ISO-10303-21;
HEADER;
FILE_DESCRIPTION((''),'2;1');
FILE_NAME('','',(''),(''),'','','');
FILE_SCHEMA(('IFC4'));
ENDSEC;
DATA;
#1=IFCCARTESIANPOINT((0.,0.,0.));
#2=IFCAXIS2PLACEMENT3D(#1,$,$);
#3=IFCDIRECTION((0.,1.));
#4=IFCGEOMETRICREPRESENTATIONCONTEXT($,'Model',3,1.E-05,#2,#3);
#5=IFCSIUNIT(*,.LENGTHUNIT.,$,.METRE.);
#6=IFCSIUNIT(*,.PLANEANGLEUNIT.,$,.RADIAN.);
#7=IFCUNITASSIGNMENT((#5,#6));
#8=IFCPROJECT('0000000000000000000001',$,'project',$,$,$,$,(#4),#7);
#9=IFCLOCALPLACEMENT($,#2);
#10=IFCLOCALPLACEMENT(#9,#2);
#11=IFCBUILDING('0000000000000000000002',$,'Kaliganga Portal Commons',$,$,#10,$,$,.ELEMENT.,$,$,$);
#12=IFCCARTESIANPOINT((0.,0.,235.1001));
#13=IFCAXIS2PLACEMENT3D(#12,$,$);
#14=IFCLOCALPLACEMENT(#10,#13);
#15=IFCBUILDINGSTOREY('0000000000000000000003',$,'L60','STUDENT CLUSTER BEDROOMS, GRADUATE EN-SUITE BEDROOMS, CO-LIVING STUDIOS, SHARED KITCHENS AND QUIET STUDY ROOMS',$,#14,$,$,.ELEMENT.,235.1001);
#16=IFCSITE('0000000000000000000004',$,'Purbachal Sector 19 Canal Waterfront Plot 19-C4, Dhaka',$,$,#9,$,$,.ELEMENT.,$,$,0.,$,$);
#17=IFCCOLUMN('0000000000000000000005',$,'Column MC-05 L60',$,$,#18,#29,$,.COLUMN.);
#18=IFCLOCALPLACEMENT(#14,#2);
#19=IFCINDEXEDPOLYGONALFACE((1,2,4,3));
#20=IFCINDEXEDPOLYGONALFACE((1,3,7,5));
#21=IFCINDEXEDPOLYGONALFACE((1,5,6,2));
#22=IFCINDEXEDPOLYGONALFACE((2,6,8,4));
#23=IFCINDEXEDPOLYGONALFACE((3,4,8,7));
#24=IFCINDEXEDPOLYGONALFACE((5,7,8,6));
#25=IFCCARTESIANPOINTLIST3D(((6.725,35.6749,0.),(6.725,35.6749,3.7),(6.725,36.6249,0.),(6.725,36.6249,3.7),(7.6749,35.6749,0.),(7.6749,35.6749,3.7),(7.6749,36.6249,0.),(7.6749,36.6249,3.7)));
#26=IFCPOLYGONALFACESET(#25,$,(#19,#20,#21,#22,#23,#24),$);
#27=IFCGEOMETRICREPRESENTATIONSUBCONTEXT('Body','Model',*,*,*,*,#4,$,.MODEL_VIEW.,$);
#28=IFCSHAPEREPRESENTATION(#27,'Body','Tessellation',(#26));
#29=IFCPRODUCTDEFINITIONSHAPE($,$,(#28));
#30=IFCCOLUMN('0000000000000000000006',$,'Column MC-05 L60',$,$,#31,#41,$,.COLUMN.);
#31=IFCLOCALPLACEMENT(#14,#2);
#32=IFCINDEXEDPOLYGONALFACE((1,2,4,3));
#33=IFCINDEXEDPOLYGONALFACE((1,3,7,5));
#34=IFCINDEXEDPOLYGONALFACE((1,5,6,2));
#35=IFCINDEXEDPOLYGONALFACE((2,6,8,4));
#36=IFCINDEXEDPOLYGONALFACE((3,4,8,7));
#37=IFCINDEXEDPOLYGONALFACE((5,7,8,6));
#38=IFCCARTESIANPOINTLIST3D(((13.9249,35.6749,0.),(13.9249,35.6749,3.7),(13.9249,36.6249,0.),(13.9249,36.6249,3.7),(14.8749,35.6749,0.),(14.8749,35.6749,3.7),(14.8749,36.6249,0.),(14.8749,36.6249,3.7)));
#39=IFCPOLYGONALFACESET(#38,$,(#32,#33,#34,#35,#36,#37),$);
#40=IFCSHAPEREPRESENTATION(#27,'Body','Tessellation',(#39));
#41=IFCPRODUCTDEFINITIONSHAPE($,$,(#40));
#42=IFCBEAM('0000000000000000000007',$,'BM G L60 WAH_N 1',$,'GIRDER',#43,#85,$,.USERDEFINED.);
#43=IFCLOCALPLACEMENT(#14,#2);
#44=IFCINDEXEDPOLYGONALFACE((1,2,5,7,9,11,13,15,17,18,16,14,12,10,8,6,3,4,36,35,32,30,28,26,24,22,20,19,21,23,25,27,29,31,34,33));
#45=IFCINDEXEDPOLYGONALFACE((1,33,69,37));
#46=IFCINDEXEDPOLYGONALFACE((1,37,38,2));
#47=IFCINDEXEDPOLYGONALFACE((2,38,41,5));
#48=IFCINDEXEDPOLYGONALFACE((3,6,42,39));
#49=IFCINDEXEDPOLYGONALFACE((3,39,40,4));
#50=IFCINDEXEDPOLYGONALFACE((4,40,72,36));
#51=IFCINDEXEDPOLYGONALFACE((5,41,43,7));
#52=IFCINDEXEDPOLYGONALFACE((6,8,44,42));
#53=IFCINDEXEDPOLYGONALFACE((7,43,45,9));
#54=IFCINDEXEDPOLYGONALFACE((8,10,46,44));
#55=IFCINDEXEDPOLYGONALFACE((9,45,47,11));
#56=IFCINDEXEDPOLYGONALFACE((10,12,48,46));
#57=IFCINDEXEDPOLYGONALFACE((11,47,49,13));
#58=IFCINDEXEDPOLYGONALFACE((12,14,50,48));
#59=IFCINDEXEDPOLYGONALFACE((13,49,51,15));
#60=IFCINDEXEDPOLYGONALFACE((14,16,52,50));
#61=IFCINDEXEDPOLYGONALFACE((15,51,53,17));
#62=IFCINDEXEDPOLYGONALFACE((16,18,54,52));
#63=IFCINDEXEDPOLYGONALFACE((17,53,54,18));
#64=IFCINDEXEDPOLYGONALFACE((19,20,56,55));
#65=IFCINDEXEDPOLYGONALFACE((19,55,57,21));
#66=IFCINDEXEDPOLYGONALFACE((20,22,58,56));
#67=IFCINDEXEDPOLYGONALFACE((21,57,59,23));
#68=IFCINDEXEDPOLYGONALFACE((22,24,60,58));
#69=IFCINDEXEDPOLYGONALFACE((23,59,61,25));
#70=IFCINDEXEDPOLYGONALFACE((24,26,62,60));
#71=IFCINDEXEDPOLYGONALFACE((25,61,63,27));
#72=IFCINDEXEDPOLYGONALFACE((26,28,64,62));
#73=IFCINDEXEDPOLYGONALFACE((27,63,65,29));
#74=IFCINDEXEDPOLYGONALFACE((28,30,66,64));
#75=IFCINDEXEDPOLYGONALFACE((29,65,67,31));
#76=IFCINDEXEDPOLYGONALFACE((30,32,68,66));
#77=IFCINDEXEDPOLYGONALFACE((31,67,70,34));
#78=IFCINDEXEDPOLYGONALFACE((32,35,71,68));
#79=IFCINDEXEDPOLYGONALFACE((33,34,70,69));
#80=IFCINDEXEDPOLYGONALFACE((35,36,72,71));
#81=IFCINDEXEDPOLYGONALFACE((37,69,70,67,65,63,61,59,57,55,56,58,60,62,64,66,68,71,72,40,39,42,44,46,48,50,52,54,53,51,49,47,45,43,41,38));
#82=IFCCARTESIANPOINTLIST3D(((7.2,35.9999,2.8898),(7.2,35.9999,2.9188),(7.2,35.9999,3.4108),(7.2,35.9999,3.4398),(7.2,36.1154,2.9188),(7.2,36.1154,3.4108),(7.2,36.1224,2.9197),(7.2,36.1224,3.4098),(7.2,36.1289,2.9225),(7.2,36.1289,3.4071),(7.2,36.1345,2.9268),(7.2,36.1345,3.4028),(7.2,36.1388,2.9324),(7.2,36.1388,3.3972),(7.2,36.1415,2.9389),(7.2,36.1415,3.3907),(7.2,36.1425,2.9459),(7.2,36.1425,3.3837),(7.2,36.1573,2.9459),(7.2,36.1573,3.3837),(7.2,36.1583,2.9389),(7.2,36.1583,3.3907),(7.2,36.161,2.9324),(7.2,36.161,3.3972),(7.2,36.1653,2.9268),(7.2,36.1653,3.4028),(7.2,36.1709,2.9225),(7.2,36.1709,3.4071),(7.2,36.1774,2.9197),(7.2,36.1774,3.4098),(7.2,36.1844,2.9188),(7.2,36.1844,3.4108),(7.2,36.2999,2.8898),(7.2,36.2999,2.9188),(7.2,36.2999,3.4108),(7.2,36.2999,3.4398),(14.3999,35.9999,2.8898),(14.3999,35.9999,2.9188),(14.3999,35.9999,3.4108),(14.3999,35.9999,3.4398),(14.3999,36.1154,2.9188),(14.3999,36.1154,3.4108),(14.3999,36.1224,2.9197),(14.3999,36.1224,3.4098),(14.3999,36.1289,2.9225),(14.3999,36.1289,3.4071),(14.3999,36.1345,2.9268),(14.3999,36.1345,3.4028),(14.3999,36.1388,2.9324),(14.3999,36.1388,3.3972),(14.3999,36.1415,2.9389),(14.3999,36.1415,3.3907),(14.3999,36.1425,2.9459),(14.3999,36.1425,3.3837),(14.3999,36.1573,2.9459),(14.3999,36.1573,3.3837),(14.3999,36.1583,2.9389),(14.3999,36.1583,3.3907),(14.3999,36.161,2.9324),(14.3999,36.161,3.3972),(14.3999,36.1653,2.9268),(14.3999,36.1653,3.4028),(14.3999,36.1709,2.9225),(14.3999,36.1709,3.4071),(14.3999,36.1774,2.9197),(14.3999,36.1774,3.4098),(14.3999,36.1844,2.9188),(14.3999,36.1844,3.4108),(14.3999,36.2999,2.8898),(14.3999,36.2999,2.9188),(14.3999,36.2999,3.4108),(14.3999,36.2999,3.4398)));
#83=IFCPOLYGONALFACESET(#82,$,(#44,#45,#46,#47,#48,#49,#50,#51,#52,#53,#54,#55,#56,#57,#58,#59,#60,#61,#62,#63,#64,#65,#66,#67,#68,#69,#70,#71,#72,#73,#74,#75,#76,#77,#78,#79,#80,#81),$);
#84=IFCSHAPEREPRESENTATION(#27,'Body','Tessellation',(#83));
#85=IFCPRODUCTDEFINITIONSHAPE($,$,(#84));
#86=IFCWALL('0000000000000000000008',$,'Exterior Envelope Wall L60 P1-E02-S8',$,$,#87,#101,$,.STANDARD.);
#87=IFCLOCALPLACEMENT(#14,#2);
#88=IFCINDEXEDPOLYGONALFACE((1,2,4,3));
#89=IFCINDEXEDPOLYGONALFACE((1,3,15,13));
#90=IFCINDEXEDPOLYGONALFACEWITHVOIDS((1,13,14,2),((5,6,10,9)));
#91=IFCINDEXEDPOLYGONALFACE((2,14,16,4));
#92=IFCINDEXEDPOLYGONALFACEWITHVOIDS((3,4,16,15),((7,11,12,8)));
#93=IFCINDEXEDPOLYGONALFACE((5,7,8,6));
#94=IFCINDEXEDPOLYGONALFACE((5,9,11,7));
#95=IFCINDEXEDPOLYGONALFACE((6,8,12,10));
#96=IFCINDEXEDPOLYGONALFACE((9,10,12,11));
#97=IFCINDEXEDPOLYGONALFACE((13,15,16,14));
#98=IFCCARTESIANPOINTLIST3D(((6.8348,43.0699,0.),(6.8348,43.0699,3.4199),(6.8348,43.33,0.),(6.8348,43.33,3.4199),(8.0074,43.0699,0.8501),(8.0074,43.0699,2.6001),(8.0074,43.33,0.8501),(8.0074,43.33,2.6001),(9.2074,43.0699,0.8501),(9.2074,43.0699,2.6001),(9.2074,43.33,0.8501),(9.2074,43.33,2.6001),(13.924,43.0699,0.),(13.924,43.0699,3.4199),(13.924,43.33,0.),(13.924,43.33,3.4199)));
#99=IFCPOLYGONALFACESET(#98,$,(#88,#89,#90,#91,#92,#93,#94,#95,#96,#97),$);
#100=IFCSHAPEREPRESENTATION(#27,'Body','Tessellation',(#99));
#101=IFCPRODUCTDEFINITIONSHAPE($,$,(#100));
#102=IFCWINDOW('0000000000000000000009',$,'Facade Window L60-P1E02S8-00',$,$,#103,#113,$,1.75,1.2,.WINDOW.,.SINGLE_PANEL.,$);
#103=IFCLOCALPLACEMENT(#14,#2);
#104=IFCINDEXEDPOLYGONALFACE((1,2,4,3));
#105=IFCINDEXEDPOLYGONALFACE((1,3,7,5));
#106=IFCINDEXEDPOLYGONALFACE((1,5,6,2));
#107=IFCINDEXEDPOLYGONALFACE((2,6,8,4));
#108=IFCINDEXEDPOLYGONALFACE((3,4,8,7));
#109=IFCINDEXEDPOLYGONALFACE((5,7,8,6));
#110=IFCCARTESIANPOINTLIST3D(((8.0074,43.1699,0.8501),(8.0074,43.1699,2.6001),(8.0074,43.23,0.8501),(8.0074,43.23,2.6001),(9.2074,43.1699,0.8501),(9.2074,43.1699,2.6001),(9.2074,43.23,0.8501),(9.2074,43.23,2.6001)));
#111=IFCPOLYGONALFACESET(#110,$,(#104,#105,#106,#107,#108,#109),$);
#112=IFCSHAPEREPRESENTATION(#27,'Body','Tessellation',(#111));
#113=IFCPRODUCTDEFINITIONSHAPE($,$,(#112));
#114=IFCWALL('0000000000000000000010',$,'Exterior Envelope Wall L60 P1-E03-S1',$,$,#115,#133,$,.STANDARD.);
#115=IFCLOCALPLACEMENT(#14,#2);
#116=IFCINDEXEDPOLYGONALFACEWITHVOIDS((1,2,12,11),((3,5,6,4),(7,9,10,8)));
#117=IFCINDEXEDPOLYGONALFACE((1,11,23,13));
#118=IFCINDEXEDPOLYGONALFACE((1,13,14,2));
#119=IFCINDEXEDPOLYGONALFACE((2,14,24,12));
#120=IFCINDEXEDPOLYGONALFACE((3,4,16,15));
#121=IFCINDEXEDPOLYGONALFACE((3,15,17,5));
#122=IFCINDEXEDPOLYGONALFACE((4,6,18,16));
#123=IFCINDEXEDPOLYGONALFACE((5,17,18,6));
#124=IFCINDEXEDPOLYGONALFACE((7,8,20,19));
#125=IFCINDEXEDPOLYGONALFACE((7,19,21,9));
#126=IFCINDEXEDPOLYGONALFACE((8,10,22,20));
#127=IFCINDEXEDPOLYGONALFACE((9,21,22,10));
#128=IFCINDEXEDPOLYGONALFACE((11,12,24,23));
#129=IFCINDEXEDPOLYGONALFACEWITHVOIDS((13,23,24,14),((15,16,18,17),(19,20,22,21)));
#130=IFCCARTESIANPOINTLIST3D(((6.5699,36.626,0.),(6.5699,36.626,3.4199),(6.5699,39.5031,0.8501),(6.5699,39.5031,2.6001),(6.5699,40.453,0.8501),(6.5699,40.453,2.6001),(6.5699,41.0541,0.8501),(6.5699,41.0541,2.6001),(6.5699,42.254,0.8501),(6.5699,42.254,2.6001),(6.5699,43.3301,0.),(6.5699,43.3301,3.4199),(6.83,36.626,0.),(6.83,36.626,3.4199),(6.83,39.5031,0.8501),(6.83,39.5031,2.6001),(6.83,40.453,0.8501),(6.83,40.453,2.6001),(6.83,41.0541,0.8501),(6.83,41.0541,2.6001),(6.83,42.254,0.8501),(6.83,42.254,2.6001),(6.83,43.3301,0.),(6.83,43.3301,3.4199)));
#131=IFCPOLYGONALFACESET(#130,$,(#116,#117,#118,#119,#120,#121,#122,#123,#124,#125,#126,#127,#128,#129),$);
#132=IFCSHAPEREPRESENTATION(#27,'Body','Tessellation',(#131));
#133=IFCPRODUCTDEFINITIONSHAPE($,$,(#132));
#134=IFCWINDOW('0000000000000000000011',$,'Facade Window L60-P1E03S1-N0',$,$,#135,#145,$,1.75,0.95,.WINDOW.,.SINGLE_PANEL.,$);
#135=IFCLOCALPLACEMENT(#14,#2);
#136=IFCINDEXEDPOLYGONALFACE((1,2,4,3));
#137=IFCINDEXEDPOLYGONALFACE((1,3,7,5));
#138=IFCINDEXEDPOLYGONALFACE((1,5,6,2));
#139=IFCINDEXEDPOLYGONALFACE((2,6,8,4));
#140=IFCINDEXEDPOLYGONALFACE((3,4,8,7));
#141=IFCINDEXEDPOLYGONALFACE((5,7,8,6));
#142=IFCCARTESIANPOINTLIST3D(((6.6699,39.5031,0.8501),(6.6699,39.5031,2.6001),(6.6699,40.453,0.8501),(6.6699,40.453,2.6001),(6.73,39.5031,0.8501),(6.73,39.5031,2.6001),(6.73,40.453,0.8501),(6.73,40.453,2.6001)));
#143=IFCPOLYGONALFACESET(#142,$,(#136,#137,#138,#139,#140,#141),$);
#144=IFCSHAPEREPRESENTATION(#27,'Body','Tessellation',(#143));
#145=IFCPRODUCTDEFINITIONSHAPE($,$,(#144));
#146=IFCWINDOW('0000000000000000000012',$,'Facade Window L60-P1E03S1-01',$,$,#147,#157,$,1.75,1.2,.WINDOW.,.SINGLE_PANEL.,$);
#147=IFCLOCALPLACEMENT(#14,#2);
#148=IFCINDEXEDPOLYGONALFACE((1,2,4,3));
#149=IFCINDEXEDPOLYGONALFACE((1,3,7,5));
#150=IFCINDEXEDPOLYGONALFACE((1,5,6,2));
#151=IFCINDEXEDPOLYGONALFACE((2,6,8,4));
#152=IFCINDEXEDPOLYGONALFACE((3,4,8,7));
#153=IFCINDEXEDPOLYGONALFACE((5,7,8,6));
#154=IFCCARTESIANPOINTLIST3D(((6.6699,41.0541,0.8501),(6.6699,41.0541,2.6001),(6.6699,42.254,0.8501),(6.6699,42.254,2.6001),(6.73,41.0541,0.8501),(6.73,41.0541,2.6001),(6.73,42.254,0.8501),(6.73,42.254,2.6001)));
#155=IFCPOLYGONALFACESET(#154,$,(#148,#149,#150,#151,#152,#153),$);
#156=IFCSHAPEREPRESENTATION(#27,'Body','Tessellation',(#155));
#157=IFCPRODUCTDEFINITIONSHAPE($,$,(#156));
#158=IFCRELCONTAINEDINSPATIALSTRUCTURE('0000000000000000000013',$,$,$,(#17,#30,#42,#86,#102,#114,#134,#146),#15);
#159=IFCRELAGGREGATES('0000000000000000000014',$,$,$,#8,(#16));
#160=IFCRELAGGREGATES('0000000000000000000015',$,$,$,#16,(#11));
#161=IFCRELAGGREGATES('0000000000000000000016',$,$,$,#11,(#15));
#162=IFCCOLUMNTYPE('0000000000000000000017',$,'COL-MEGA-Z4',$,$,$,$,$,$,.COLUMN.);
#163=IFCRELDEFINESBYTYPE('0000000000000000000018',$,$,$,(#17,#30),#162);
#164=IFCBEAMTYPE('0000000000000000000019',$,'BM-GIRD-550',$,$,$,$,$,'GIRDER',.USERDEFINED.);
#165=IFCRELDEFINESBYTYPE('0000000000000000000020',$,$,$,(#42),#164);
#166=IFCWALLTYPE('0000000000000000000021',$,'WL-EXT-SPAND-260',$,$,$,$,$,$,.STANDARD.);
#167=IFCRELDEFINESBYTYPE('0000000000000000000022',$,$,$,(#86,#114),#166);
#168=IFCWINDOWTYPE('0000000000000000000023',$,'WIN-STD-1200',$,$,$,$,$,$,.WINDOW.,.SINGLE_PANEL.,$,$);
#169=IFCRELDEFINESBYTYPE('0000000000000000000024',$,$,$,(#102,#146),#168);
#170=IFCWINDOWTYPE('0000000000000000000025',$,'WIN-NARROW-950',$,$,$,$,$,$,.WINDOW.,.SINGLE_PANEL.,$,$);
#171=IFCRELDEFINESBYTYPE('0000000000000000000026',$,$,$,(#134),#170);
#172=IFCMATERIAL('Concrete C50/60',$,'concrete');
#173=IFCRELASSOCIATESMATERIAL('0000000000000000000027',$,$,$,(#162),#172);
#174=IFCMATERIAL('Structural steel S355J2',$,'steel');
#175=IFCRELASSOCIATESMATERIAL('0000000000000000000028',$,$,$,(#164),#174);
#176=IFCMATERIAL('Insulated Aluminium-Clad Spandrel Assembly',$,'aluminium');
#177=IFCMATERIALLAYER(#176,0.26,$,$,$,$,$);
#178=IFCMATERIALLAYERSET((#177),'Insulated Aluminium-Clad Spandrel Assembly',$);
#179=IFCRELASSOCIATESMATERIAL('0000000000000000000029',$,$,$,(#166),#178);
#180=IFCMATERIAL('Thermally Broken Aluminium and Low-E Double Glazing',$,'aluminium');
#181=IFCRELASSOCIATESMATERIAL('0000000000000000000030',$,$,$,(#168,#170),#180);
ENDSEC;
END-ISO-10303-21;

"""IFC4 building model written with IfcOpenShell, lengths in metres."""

from ifc_helpers import new_model, si_unit, direction, frame, frame_2d, origin, origin_2d, place, context, subcontext, project, spatial, rectangle, i_section, extrude, source, transform, mapped, material, layer, layer_set, material_profile, profile_set, type_object, element, fill, save


model = new_model("IFC4")

# Units and contexts
model_context = context("Model", 3, precision=1e-05, world=origin(), true_north=direction((0.0, 1.0)))
body_context = subcontext(model_context, "Body", "Model", "MODEL_VIEW")
ifc_project = project(units=[si_unit("LENGTHUNIT", "METRE"), si_unit("PLANEANGLEUNIT", "RADIAN")], contexts=[model_context])

# Site, building, storey
site_placement = place(None, origin())
site = spatial("IfcSite", under=ifc_project, at=site_placement, Name="Purbachal Sector 19 Canal Waterfront Plot 19-C4, Dhaka", CompositionType="ELEMENT", RefElevation=0.0)
building_placement = place(site_placement, origin())
building = spatial("IfcBuilding", under=site, at=building_placement, Name="Kaliganga Portal Commons", CompositionType="ELEMENT")
storey_placement = place(building_placement, frame((0.0, 0.0, 235.1001)))
storey = spatial("IfcBuildingStorey", under=building, at=storey_placement, Name="L60", Description="STUDENT CLUSTER BEDROOMS, GRADUATE EN-SUITE BEDROOMS, CO-LIVING STUDIOS, SHARED KITCHENS AND QUIET STUDY ROOMS", CompositionType="ELEMENT", Elevation=235.1001)

# Columns
ifc_material_1 = material(Name="Concrete C50/60", Category="concrete")
ifc_material_profile_1 = material_profile(ifc_material_1, rectangle(XDim=0.95, YDim=0.95, at=origin_2d()), Name="RC 950x950")
ifc_profile_set_1 = profile_set([ifc_material_profile_1], Name="Concrete C50/60")
column_type = type_object("IfcColumnType", Name="COL-MEGA-Z4", PredefinedType="COLUMN", material=ifc_profile_set_1)
shared_shape_1 = source(origin(), body_context, "Body", "SweptSolid", [
    extrude(rectangle(XDim=0.95, YDim=0.95, at=origin_2d()), origin(), (0.0, 0.0, 1.0), 3.7),
])
for number, where, z_axis, x_axis, name in (
    (1, (7.2, 36.1499, 0.0), (0.0, 0.0, 1.0), (1.0, 0.0, 0.0), "Column MC-05 L60"),
    (2, (14.3999, 36.1499, 0.0), (0.0, 0.0, 1.0), (1.0, 0.0, 0.0), "Column MC-05 L60"),
):
    element("IfcColumn", number, at=place(storey_placement, frame(where, z_axis=z_axis, x_axis=x_axis)), inside=storey, type_object=column_type, Name=name, PredefinedType="COLUMN", context=body_context, shape_type="MappedRepresentation", body=[
        mapped(shared_shape_1, transform((0.0, 0.0, 0.0), x_axis=(1.0, 0.0, 0.0), y_axis=(0.0, 1.0, 0.0), z_axis=(0.0, 0.0, 1.0), scale=1.0)),
    ])

# Beam
ifc_material_2 = material(Name="Structural steel S355J2", Category="steel")
ifc_material_profile_2 = material_profile(ifc_material_2, i_section(OverallWidth=0.3, OverallDepth=0.55, WebThickness=0.0149, FlangeThickness=0.0291, FilletRadius=0.0271, at=origin_2d()), Name="HE 550 B")
ifc_profile_set_2 = profile_set([ifc_material_profile_2], Name="Structural steel S355J2 wide-flange")
beam_type = type_object("IfcBeamType", Name="BM-GIRD-550", ElementType="GIRDER", PredefinedType="USERDEFINED", material=ifc_profile_set_2)
shared_shape_2 = source(origin(), body_context, "Body", "SweptSolid", [
    extrude(i_section(OverallWidth=0.3, OverallDepth=0.55, WebThickness=0.0149, FlangeThickness=0.0291, FilletRadius=0.0271, at=origin_2d()), origin(), (0.0, 0.0, 1.0), 7.2),
])
beam_placement = place(storey_placement, frame((7.2, 36.1499, 3.1648), z_axis=(1.0, 0.0, 0.0), x_axis=(0.0, 1.0, 0.0)))
element("IfcBeam", 3, at=beam_placement, inside=storey, type_object=beam_type, Name="BM G L60 WAH_N 1", ObjectType="GIRDER", PredefinedType="USERDEFINED", context=body_context, shape_type="MappedRepresentation", body=[
    mapped(shared_shape_2, transform((0.0, 0.0, 0.0), x_axis=(1.0, 0.0, 0.0), y_axis=(0.0, 1.0, 0.0), z_axis=(0.0, 0.0, 1.0), scale=1.0)),
])

# Wall, opening, window
ifc_material_3 = material(Name="Insulated Aluminium-Clad Spandrel Assembly", Category="aluminium")
ifc_layer_1 = layer(ifc_material_3, 0.26)
ifc_layer_set_1 = layer_set([ifc_layer_1], Name="Insulated Aluminium-Clad Spandrel Assembly")
wall_type_1 = type_object("IfcWallType", Name="WL-EXT-SPAND-260", PredefinedType="STANDARD", material=ifc_layer_set_1)
wall_1_placement = place(storey_placement, frame((6.835, 43.2, 0.0), z_axis=(0.0, 0.0, 1.0), x_axis=(1.0, 0.0, 0.0)))
wall_1 = element("IfcWall", 4, at=wall_1_placement, inside=storey, type_object=wall_type_1, Name="Exterior Envelope Wall L60 P1-E02-S8", PredefinedType="STANDARD", context=body_context, shape_type="SweptSolid", body=[
    extrude(rectangle(XDim=7.0891, YDim=0.26, at=frame_2d((3.5444, 0.0))), origin(), (0.0, 0.0, 1.0), 3.4199),
])
opening_1_placement = place(wall_1_placement, frame((1.1724, 0.0, 0.8501)))
opening_1 = element("IfcOpeningElement", 5, at=opening_1_placement, cuts=wall_1, PredefinedType="OPENING", context=body_context, shape_type="SweptSolid", body=[
    extrude(rectangle(XDim=1.2, YDim=1.75, at=frame_2d((0.6001, 0.875))), frame((0.0, 0.1401, 0.0), z_axis=(0.0, -1.0, 0.0), x_axis=(1.0, 0.0, 0.0)), (0.0, 0.0, 1.0), 0.28),
])
ifc_material_4 = material(Name="Thermally Broken Aluminium and Low-E Double Glazing", Category="aluminium")
window_type_1 = type_object("IfcWindowType", Name="WIN-STD-1200", PartitioningType="SINGLE_PANEL", PredefinedType="WINDOW", material=ifc_material_4)
window_1_placement = place(opening_1_placement, origin())
window_1 = element("IfcWindow", 6, at=window_1_placement, inside=storey, type_object=window_type_1, Name="Facade Window L60-P1E02S8-00", OverallHeight=1.75, OverallWidth=1.2, PartitioningType="SINGLE_PANEL", PredefinedType="WINDOW", context=body_context, shape_type="SweptSolid", body=[
    extrude(rectangle(XDim=1.2, YDim=1.75, at=frame_2d((0.6001, 0.875))), frame((0.0, 0.03, 0.0), z_axis=(0.0, -1.0, 0.0), x_axis=(1.0, 0.0, 0.0)), (0.0, 0.0, 1.0), 0.0601),
])
fill(opening_1, window_1)

# Wall, openings, windows
wall_2_placement = place(storey_placement, frame((6.7, 36.626, 0.0), z_axis=(0.0, 0.0, 1.0), x_axis=(0.0, 1.0, 0.0)))
wall_2 = element("IfcWall", 7, at=wall_2_placement, inside=storey, type_object=wall_type_1, Name="Exterior Envelope Wall L60 P1-E03-S1", PredefinedType="STANDARD", context=body_context, shape_type="SweptSolid", body=[
    extrude(rectangle(XDim=6.7041, YDim=0.26, at=frame_2d((3.3521, 0.0))), origin(), (0.0, 0.0, 1.0), 3.4199),
])
opening_2_placement = place(wall_2_placement, frame((4.428, 0.0, 0.8501)))
opening_2 = element("IfcOpeningElement", 8, at=opening_2_placement, cuts=wall_2, PredefinedType="OPENING", context=body_context, shape_type="SweptSolid", body=[
    extrude(rectangle(XDim=1.2, YDim=1.75, at=frame_2d((0.6001, 0.875))), frame((0.0, 0.1401, 0.0), z_axis=(0.0, -1.0, 0.0), x_axis=(1.0, 0.0, 0.0)), (0.0, 0.0, 1.0), 0.28),
])
opening_3_placement = place(wall_2_placement, frame((2.877, 0.0, 0.8501)))
opening_3 = element("IfcOpeningElement", 9, at=opening_3_placement, cuts=wall_2, PredefinedType="OPENING", context=body_context, shape_type="SweptSolid", body=[
    extrude(rectangle(XDim=0.95, YDim=1.75, at=frame_2d((0.4751, 0.875))), frame((0.0, 0.1401, 0.0), z_axis=(0.0, -1.0, 0.0), x_axis=(1.0, 0.0, 0.0)), (0.0, 0.0, 1.0), 0.28),
])
window_type_2 = type_object("IfcWindowType", Name="WIN-NARROW-950", PartitioningType="SINGLE_PANEL", PredefinedType="WINDOW", material=ifc_material_4)
window_2_placement = place(opening_3_placement, origin())
window_2 = element("IfcWindow", 10, at=window_2_placement, inside=storey, type_object=window_type_2, Name="Facade Window L60-P1E03S1-N0", OverallHeight=1.75, OverallWidth=0.95, PartitioningType="SINGLE_PANEL", PredefinedType="WINDOW", context=body_context, shape_type="SweptSolid", body=[
    extrude(rectangle(XDim=0.95, YDim=1.75, at=frame_2d((0.4751, 0.875))), frame((0.0, 0.03, 0.0), z_axis=(0.0, -1.0, 0.0), x_axis=(1.0, 0.0, 0.0)), (0.0, 0.0, 1.0), 0.0601),
])
fill(opening_3, window_2)
window_3_placement = place(opening_2_placement, origin())
window_3 = element("IfcWindow", 11, at=window_3_placement, inside=storey, type_object=window_type_1, Name="Facade Window L60-P1E03S1-01", OverallHeight=1.75, OverallWidth=1.2, PartitioningType="SINGLE_PANEL", PredefinedType="WINDOW", context=body_context, shape_type="SweptSolid", body=[
    extrude(rectangle(XDim=1.2, YDim=1.75, at=frame_2d((0.6001, 0.875))), frame((0.0, 0.03, 0.0), z_axis=(0.0, -1.0, 0.0), x_axis=(1.0, 0.0, 0.0)), (0.0, 0.0, 1.0), 0.0601),
])
fill(opening_2, window_3)

save(model, "model.ifc")
